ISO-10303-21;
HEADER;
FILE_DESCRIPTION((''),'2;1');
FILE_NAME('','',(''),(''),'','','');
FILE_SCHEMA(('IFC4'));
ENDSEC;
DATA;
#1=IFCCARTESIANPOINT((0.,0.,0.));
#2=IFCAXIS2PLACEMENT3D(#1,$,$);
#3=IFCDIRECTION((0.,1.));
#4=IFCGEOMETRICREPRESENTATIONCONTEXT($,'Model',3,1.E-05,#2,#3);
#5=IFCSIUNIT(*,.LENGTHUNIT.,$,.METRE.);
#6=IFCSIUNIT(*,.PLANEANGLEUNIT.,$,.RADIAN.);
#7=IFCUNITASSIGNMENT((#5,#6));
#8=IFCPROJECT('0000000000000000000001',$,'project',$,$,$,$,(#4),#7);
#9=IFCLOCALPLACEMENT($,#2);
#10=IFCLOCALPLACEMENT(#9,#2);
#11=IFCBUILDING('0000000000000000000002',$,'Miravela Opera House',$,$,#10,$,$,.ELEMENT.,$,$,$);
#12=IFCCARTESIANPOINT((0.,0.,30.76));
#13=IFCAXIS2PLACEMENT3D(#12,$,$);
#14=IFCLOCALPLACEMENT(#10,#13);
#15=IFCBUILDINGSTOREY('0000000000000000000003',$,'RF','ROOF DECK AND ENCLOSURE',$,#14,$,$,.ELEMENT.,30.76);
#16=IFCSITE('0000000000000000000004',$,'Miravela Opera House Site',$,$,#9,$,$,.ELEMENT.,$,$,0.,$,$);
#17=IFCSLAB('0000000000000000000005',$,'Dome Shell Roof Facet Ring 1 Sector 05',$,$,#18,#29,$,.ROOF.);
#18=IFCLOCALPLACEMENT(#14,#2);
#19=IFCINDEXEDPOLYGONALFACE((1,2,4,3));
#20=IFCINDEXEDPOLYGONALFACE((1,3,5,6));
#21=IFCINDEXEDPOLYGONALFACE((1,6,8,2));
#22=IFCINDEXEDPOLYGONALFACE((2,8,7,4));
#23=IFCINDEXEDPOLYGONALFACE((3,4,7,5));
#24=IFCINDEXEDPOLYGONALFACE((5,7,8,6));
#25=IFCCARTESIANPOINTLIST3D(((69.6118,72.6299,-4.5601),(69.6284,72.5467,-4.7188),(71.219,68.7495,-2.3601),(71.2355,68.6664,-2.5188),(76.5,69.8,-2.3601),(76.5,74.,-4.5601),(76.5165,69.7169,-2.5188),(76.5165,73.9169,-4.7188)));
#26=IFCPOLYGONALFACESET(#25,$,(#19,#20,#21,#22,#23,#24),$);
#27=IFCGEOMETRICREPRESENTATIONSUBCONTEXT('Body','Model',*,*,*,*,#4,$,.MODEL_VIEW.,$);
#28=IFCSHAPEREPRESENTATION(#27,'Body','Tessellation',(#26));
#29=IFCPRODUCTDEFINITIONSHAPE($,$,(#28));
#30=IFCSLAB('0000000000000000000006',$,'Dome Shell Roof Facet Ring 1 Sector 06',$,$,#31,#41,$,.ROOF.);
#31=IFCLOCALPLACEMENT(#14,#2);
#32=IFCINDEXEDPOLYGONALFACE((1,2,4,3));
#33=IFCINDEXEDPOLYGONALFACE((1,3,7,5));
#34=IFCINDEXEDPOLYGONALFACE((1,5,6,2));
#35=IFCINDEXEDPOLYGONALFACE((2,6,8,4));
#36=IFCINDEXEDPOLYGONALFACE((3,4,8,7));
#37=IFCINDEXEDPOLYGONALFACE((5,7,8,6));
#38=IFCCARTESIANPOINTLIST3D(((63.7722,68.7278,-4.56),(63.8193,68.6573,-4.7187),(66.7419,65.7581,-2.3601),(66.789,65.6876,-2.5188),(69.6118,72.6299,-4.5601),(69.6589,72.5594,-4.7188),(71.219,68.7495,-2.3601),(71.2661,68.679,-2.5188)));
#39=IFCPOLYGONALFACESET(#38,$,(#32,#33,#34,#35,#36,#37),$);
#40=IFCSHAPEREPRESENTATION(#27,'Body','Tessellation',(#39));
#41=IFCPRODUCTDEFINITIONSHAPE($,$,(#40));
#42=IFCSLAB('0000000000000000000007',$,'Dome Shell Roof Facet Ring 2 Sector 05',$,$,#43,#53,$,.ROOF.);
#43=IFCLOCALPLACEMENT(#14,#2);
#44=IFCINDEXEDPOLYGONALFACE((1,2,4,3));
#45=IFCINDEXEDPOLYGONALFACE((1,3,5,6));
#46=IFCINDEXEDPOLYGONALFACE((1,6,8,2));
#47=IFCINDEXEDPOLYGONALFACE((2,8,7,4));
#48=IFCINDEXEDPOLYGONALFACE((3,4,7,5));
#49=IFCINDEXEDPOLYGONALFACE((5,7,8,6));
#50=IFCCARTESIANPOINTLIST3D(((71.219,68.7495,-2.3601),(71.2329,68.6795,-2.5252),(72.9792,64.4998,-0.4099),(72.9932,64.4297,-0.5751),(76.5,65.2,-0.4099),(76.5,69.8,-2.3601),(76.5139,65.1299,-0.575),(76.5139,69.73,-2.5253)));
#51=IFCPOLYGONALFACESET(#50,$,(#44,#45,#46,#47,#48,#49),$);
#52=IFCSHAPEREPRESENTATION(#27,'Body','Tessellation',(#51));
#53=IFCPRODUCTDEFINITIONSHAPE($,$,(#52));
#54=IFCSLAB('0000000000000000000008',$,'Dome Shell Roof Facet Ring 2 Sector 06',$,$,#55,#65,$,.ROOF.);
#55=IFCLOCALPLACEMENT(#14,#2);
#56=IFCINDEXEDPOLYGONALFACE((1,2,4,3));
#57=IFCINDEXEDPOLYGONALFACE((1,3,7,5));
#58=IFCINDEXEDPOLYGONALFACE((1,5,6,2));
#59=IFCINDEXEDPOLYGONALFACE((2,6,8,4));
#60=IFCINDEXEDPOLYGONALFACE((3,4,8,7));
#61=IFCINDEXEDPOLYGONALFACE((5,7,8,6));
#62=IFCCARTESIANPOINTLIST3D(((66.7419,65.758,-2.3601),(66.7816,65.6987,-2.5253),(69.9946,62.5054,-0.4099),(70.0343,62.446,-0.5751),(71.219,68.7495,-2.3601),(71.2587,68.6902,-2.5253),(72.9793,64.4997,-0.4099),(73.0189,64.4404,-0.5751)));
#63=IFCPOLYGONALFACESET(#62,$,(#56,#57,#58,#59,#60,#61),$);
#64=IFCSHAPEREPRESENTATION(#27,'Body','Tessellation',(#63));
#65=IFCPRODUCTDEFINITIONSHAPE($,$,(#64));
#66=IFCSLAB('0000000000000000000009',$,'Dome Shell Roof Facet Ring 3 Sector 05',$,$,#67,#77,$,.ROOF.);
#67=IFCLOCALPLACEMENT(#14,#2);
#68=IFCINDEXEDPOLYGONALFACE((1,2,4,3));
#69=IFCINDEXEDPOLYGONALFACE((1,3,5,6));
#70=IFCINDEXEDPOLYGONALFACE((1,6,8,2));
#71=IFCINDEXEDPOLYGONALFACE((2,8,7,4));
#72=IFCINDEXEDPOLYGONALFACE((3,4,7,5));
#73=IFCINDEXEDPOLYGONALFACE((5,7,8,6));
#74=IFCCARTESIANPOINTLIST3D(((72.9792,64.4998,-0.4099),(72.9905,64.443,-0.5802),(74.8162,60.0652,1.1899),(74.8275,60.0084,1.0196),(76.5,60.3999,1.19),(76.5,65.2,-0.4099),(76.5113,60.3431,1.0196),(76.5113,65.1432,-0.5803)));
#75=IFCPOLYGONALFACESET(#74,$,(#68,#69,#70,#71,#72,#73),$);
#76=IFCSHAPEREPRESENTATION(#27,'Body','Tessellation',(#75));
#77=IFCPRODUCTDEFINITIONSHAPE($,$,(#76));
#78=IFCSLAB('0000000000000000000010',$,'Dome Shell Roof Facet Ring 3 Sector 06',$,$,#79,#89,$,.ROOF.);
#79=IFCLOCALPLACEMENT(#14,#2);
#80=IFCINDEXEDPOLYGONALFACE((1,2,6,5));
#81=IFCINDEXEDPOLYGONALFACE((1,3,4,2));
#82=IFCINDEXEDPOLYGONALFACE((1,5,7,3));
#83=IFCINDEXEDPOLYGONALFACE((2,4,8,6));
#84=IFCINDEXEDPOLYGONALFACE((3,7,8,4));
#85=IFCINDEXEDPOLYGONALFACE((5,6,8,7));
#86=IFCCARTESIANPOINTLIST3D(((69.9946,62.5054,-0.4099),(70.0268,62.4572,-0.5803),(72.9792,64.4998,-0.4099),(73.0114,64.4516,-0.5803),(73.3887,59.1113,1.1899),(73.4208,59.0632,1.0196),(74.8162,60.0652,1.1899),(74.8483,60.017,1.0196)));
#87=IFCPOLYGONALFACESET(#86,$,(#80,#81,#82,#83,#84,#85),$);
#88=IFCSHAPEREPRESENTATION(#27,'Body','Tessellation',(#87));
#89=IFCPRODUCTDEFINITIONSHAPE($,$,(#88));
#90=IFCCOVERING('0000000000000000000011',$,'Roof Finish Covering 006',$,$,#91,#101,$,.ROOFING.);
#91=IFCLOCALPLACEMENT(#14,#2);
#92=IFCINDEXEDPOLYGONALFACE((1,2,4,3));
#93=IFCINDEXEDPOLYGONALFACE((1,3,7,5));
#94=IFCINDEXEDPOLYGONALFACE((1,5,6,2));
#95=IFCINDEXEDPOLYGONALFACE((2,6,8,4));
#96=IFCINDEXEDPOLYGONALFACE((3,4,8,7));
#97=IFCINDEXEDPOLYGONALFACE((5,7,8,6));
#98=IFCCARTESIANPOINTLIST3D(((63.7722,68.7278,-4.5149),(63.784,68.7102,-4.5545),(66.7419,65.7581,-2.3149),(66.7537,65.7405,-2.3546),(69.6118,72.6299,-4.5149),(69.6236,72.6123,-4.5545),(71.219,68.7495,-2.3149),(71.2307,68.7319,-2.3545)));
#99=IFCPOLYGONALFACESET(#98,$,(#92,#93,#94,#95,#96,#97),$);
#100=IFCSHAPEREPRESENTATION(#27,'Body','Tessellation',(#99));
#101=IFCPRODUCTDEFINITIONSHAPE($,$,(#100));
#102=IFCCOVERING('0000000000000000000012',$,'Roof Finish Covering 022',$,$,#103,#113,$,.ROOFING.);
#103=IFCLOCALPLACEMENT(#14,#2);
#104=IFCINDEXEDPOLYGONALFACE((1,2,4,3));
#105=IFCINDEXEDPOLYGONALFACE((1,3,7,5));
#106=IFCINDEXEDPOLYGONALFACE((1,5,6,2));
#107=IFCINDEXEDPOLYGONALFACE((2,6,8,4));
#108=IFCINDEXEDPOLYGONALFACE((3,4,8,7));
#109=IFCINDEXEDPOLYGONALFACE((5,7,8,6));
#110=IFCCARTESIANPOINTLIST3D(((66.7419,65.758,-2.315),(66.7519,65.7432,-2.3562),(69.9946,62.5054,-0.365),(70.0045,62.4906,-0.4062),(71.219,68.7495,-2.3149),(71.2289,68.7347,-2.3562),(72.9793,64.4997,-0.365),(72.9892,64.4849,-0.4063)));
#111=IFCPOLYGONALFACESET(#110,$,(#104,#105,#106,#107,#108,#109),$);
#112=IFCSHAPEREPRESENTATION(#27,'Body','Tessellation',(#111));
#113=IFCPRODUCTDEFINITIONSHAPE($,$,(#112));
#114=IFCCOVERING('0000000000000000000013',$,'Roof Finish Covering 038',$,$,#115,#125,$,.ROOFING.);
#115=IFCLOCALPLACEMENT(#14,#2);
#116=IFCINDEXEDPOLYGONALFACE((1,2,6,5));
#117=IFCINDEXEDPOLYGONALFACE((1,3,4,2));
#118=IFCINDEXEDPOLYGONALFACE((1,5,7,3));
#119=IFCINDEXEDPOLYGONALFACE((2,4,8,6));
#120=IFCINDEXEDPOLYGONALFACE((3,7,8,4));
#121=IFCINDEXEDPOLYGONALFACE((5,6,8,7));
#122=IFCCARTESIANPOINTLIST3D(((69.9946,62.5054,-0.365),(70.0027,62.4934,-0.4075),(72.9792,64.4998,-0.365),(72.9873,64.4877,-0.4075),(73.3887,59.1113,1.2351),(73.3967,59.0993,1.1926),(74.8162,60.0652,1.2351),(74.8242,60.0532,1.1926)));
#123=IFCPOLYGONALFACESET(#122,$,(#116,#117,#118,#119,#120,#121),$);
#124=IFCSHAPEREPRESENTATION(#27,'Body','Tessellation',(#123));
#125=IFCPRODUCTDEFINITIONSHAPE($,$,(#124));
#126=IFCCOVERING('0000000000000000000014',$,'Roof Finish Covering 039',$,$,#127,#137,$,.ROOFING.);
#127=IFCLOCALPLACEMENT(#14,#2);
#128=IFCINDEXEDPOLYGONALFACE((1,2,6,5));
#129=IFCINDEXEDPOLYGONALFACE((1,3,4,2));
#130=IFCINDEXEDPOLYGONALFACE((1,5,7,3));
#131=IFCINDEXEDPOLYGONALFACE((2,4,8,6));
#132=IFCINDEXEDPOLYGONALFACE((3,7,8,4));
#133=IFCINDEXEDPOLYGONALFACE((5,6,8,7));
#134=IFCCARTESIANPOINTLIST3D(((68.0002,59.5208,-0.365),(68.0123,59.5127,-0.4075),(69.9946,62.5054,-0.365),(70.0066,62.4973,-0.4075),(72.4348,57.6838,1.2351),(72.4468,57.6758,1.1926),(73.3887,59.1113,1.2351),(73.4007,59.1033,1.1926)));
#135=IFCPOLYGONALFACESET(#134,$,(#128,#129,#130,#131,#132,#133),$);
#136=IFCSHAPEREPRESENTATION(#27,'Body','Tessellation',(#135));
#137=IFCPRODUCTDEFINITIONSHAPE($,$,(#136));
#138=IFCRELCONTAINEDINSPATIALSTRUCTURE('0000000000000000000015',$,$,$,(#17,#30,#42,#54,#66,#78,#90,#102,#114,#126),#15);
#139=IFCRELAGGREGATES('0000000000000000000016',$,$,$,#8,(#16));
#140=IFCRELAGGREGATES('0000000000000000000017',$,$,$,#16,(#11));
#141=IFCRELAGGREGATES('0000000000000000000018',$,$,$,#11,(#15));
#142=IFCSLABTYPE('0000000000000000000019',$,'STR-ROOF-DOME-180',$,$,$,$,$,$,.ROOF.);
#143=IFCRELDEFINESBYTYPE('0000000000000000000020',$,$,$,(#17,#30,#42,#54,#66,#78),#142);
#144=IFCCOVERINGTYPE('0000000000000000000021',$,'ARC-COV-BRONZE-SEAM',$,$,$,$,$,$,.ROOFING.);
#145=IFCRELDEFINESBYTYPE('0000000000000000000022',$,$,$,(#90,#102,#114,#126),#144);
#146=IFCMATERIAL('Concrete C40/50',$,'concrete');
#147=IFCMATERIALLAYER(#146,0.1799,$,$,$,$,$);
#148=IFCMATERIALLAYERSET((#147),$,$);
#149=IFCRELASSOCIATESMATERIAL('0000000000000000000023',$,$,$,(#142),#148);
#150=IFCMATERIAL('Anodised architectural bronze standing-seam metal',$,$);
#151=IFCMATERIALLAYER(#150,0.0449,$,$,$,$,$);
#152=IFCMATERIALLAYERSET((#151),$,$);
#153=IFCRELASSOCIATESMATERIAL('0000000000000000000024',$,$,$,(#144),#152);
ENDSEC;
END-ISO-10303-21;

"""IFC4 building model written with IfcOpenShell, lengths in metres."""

from ifc_helpers import new_model, si_unit, direction, frame, origin, place, context, subcontext, project, spatial, polyline, outline, extrude, material, layer, layer_set, type_object, element, save


model = new_model("IFC4")

# Units and contexts
model_context = context("Model", 3, precision=1e-05, world=origin(), true_north=direction((0.0, 1.0)))
body_context = subcontext(model_context, "Body", "Model", "MODEL_VIEW")
ifc_project = project(units=[si_unit("LENGTHUNIT", "METRE"), si_unit("PLANEANGLEUNIT", "RADIAN")], contexts=[model_context])

# Site, building, storey
site_placement = place(None, origin())
site = spatial("IfcSite", under=ifc_project, at=site_placement, Name="Miravela Opera House Site", CompositionType="ELEMENT", RefElevation=0.0)
building_placement = place(site_placement, origin())
building = spatial("IfcBuilding", under=site, at=building_placement, Name="Miravela Opera House", CompositionType="ELEMENT")
storey_placement = place(building_placement, frame((0.0, 0.0, 30.76)))
storey = spatial("IfcBuildingStorey", under=building, at=storey_placement, Name="RF", Description="ROOF DECK AND ENCLOSURE", CompositionType="ELEMENT", Elevation=30.76)

# Slabs
ifc_material_1 = material(Name="Concrete C40/50", Category="concrete")
ifc_layer_1 = layer(ifc_material_1, 0.1799)
ifc_layer_set_1 = layer_set([ifc_layer_1])
slab_type = type_object("IfcSlabType", Name="STR-ROOF-DOME-180", PredefinedType="ROOF", material=ifc_layer_set_1)
slab_1_placement = place(storey_placement, frame((76.5, 74.0, -4.5601), z_axis=(-0.091906, 0.462034, 0.882087), x_axis=(-0.980786, -0.195088, -0.000003)))
element("IfcSlab", 1, at=slab_1_placement, inside=storey, type_object=slab_type, Name="Dome Shell Roof Facet Ring 1 Sector 05", PredefinedType="ROOF", context=body_context, shape_type="SweptSolid", body=[
    extrude(outline(polyline([(0.0, 0.0), (7.0231, 0.0), (6.2038, 4.67), (0.8194, 4.6699), (0.0, 0.0)])), origin(), (0.0, 0.0, -1.0), 0.1799),
])
slab_2_placement = place(storey_placement, frame((69.6118, 72.6299, -4.5601), z_axis=(-0.261731, 0.391697, 0.882083), x_axis=(-0.831458, -0.555588, 0.000005)))
element("IfcSlab", 2, at=slab_2_placement, inside=storey, type_object=slab_type, Name="Dome Shell Roof Facet Ring 1 Sector 06", PredefinedType="ROOF", context=body_context, shape_type="SweptSolid", body=[
    extrude(outline(polyline([(0.0, 0.0), (7.0233, 0.0), (6.2041, 4.6698), (0.8196, 4.6699), (0.0, 0.0)])), origin(), (0.0, 0.0, -1.0), 0.1799),
])
slab_3_placement = place(storey_placement, frame((76.5, 69.8, -2.3601), z_axis=(-0.077406, 0.389156, 0.917914), x_axis=(-0.980783, -0.195102, 0.000007)))
element("IfcSlab", 3, at=slab_3_placement, inside=storey, type_object=slab_type, Name="Dome Shell Roof Facet Ring 2 Sector 05", PredefinedType="ROOF", context=body_context, shape_type="SweptSolid", body=[
    extrude(outline(polyline([(0.0, 0.0), (5.3845, 0.0), (4.4872, 4.915), (0.8975, 4.9151), (0.0, 0.0)])), origin(), (0.0, 0.0, -1.0), 0.1799),
])
slab_4_placement = place(storey_placement, frame((71.219, 68.7495, -2.3601), z_axis=(-0.220445, 0.329911, 0.917912), x_axis=(-0.83147, -0.55557, -0.000005)))
element("IfcSlab", 4, at=slab_4_placement, inside=storey, type_object=slab_type, Name="Dome Shell Roof Facet Ring 2 Sector 06", PredefinedType="ROOF", context=body_context, shape_type="SweptSolid", body=[
    extrude(outline(polyline([(0.0, 0.0), (5.3845, 0.0), (4.4871, 4.9151), (0.8974, 4.915), (0.0, 0.0)])), origin(), (0.0, 0.0, -1.0), 0.1799),
])
slab_5_placement = place(storey_placement, frame((76.5, 65.2, -0.4099), z_axis=(-0.062752, 0.315582, 0.946821), x_axis=(-0.980793, -0.195054, 0.000009)))
element("IfcSlab", 5, at=slab_5_placement, inside=storey, type_object=slab_type, Name="Dome Shell Roof Facet Ring 3 Sector 05", PredefinedType="ROOF", context=body_context, shape_type="SweptSolid", body=[
    extrude(outline(polyline([(0.0, 0.0), (3.5897, 0.0), (2.6531, 4.9721), (0.9363, 4.9723), (0.0, 0.0)])), origin(), (0.0, 0.0, -1.0), 0.1799),
])
slab_6_placement = place(storey_placement, frame((72.9792, 64.4998, -0.4099), z_axis=(-0.17877, 0.267533, 0.94682), x_axis=(-0.831454, -0.555594, 0.000001)))
element("IfcSlab", 6, at=slab_6_placement, inside=storey, type_object=slab_type, Name="Dome Shell Roof Facet Ring 3 Sector 06", PredefinedType="ROOF", context=body_context, shape_type="SweptSolid", body=[
    extrude(outline(polyline([(0.0, 0.0), (3.5896, 0.0), (2.6534, 4.9721), (0.9365, 4.9721), (0.0, 0.0)])), origin(), (0.0, 0.0, -1.0), 0.1799),
])

# Coverings
ifc_material_2 = material(Name="Anodised architectural bronze standing-seam metal")
ifc_layer_2 = layer(ifc_material_2, 0.0449)
ifc_layer_set_2 = layer_set([ifc_layer_2])
covering_type = type_object("IfcCoveringType", Name="ARC-COV-BRONZE-SEAM", PredefinedType="ROOFING", material=ifc_layer_set_2)
covering_1_placement = place(storey_placement, frame((69.6118, 72.6299, -4.5149), z_axis=(-0.261731, 0.391697, 0.882083), x_axis=(-0.831458, -0.555588, 0.000005)))
element("IfcCovering", 7, at=covering_1_placement, inside=storey, type_object=covering_type, Name="Roof Finish Covering 006", PredefinedType="ROOFING", context=body_context, shape_type="SweptSolid", body=[
    extrude(outline(polyline([(0.0, 0.0), (7.0233, 0.0), (6.2041, 4.6698), (0.8196, 4.6699), (0.0, 0.0)])), origin(), (0.0, 0.0, -1.0), 0.0449),
])
covering_2_placement = place(storey_placement, frame((71.219, 68.7495, -2.3149), z_axis=(-0.220421, 0.329877, 0.91793), x_axis=(-0.83147, -0.55557, -0.000005)))
element("IfcCovering", 8, at=covering_2_placement, inside=storey, type_object=covering_type, Name="Roof Finish Covering 022", PredefinedType="ROOFING", context=body_context, shape_type="SweptSolid", body=[
    extrude(outline(polyline([(0.0, 0.0), (5.3845, 0.0), (4.4871, 4.915), (0.8974, 4.9149), (0.0, 0.0)])), origin(), (0.0, 0.0, -1.0), 0.0449),
])
covering_3_placement = place(storey_placement, frame((72.9792, 64.4998, -0.365), z_axis=(-0.178794, 0.267569, 0.946805), x_axis=(-0.831454, -0.555594, 0.000001)))
element("IfcCovering", 9, at=covering_3_placement, inside=storey, type_object=covering_type, Name="Roof Finish Covering 038", PredefinedType="ROOFING", context=body_context, shape_type="SweptSolid", body=[
    extrude(outline(polyline([(0.0, 0.0), (3.5896, 0.0), (2.6534, 4.9722), (0.9365, 4.9722), (0.0, 0.0)])), origin(), (0.0, 0.0, -1.0), 0.0449),
])
covering_4_placement = place(storey_placement, frame((69.9946, 62.5054, -0.365), z_axis=(-0.267569, 0.178794, 0.946805), x_axis=(-0.555594, -0.831454, -0.000001)))
element("IfcCovering", 10, at=covering_4_placement, inside=storey, type_object=covering_type, Name="Roof Finish Covering 039", PredefinedType="ROOFING", context=body_context, shape_type="SweptSolid", body=[
    extrude(outline(polyline([(0.0, 0.0), (3.5896, 0.0), (2.6531, 4.9722), (0.9363, 4.9722), (0.0, 0.0)])), origin(), (0.0, 0.0, -1.0), 0.0449),
])

save(model, "model.ifc")
